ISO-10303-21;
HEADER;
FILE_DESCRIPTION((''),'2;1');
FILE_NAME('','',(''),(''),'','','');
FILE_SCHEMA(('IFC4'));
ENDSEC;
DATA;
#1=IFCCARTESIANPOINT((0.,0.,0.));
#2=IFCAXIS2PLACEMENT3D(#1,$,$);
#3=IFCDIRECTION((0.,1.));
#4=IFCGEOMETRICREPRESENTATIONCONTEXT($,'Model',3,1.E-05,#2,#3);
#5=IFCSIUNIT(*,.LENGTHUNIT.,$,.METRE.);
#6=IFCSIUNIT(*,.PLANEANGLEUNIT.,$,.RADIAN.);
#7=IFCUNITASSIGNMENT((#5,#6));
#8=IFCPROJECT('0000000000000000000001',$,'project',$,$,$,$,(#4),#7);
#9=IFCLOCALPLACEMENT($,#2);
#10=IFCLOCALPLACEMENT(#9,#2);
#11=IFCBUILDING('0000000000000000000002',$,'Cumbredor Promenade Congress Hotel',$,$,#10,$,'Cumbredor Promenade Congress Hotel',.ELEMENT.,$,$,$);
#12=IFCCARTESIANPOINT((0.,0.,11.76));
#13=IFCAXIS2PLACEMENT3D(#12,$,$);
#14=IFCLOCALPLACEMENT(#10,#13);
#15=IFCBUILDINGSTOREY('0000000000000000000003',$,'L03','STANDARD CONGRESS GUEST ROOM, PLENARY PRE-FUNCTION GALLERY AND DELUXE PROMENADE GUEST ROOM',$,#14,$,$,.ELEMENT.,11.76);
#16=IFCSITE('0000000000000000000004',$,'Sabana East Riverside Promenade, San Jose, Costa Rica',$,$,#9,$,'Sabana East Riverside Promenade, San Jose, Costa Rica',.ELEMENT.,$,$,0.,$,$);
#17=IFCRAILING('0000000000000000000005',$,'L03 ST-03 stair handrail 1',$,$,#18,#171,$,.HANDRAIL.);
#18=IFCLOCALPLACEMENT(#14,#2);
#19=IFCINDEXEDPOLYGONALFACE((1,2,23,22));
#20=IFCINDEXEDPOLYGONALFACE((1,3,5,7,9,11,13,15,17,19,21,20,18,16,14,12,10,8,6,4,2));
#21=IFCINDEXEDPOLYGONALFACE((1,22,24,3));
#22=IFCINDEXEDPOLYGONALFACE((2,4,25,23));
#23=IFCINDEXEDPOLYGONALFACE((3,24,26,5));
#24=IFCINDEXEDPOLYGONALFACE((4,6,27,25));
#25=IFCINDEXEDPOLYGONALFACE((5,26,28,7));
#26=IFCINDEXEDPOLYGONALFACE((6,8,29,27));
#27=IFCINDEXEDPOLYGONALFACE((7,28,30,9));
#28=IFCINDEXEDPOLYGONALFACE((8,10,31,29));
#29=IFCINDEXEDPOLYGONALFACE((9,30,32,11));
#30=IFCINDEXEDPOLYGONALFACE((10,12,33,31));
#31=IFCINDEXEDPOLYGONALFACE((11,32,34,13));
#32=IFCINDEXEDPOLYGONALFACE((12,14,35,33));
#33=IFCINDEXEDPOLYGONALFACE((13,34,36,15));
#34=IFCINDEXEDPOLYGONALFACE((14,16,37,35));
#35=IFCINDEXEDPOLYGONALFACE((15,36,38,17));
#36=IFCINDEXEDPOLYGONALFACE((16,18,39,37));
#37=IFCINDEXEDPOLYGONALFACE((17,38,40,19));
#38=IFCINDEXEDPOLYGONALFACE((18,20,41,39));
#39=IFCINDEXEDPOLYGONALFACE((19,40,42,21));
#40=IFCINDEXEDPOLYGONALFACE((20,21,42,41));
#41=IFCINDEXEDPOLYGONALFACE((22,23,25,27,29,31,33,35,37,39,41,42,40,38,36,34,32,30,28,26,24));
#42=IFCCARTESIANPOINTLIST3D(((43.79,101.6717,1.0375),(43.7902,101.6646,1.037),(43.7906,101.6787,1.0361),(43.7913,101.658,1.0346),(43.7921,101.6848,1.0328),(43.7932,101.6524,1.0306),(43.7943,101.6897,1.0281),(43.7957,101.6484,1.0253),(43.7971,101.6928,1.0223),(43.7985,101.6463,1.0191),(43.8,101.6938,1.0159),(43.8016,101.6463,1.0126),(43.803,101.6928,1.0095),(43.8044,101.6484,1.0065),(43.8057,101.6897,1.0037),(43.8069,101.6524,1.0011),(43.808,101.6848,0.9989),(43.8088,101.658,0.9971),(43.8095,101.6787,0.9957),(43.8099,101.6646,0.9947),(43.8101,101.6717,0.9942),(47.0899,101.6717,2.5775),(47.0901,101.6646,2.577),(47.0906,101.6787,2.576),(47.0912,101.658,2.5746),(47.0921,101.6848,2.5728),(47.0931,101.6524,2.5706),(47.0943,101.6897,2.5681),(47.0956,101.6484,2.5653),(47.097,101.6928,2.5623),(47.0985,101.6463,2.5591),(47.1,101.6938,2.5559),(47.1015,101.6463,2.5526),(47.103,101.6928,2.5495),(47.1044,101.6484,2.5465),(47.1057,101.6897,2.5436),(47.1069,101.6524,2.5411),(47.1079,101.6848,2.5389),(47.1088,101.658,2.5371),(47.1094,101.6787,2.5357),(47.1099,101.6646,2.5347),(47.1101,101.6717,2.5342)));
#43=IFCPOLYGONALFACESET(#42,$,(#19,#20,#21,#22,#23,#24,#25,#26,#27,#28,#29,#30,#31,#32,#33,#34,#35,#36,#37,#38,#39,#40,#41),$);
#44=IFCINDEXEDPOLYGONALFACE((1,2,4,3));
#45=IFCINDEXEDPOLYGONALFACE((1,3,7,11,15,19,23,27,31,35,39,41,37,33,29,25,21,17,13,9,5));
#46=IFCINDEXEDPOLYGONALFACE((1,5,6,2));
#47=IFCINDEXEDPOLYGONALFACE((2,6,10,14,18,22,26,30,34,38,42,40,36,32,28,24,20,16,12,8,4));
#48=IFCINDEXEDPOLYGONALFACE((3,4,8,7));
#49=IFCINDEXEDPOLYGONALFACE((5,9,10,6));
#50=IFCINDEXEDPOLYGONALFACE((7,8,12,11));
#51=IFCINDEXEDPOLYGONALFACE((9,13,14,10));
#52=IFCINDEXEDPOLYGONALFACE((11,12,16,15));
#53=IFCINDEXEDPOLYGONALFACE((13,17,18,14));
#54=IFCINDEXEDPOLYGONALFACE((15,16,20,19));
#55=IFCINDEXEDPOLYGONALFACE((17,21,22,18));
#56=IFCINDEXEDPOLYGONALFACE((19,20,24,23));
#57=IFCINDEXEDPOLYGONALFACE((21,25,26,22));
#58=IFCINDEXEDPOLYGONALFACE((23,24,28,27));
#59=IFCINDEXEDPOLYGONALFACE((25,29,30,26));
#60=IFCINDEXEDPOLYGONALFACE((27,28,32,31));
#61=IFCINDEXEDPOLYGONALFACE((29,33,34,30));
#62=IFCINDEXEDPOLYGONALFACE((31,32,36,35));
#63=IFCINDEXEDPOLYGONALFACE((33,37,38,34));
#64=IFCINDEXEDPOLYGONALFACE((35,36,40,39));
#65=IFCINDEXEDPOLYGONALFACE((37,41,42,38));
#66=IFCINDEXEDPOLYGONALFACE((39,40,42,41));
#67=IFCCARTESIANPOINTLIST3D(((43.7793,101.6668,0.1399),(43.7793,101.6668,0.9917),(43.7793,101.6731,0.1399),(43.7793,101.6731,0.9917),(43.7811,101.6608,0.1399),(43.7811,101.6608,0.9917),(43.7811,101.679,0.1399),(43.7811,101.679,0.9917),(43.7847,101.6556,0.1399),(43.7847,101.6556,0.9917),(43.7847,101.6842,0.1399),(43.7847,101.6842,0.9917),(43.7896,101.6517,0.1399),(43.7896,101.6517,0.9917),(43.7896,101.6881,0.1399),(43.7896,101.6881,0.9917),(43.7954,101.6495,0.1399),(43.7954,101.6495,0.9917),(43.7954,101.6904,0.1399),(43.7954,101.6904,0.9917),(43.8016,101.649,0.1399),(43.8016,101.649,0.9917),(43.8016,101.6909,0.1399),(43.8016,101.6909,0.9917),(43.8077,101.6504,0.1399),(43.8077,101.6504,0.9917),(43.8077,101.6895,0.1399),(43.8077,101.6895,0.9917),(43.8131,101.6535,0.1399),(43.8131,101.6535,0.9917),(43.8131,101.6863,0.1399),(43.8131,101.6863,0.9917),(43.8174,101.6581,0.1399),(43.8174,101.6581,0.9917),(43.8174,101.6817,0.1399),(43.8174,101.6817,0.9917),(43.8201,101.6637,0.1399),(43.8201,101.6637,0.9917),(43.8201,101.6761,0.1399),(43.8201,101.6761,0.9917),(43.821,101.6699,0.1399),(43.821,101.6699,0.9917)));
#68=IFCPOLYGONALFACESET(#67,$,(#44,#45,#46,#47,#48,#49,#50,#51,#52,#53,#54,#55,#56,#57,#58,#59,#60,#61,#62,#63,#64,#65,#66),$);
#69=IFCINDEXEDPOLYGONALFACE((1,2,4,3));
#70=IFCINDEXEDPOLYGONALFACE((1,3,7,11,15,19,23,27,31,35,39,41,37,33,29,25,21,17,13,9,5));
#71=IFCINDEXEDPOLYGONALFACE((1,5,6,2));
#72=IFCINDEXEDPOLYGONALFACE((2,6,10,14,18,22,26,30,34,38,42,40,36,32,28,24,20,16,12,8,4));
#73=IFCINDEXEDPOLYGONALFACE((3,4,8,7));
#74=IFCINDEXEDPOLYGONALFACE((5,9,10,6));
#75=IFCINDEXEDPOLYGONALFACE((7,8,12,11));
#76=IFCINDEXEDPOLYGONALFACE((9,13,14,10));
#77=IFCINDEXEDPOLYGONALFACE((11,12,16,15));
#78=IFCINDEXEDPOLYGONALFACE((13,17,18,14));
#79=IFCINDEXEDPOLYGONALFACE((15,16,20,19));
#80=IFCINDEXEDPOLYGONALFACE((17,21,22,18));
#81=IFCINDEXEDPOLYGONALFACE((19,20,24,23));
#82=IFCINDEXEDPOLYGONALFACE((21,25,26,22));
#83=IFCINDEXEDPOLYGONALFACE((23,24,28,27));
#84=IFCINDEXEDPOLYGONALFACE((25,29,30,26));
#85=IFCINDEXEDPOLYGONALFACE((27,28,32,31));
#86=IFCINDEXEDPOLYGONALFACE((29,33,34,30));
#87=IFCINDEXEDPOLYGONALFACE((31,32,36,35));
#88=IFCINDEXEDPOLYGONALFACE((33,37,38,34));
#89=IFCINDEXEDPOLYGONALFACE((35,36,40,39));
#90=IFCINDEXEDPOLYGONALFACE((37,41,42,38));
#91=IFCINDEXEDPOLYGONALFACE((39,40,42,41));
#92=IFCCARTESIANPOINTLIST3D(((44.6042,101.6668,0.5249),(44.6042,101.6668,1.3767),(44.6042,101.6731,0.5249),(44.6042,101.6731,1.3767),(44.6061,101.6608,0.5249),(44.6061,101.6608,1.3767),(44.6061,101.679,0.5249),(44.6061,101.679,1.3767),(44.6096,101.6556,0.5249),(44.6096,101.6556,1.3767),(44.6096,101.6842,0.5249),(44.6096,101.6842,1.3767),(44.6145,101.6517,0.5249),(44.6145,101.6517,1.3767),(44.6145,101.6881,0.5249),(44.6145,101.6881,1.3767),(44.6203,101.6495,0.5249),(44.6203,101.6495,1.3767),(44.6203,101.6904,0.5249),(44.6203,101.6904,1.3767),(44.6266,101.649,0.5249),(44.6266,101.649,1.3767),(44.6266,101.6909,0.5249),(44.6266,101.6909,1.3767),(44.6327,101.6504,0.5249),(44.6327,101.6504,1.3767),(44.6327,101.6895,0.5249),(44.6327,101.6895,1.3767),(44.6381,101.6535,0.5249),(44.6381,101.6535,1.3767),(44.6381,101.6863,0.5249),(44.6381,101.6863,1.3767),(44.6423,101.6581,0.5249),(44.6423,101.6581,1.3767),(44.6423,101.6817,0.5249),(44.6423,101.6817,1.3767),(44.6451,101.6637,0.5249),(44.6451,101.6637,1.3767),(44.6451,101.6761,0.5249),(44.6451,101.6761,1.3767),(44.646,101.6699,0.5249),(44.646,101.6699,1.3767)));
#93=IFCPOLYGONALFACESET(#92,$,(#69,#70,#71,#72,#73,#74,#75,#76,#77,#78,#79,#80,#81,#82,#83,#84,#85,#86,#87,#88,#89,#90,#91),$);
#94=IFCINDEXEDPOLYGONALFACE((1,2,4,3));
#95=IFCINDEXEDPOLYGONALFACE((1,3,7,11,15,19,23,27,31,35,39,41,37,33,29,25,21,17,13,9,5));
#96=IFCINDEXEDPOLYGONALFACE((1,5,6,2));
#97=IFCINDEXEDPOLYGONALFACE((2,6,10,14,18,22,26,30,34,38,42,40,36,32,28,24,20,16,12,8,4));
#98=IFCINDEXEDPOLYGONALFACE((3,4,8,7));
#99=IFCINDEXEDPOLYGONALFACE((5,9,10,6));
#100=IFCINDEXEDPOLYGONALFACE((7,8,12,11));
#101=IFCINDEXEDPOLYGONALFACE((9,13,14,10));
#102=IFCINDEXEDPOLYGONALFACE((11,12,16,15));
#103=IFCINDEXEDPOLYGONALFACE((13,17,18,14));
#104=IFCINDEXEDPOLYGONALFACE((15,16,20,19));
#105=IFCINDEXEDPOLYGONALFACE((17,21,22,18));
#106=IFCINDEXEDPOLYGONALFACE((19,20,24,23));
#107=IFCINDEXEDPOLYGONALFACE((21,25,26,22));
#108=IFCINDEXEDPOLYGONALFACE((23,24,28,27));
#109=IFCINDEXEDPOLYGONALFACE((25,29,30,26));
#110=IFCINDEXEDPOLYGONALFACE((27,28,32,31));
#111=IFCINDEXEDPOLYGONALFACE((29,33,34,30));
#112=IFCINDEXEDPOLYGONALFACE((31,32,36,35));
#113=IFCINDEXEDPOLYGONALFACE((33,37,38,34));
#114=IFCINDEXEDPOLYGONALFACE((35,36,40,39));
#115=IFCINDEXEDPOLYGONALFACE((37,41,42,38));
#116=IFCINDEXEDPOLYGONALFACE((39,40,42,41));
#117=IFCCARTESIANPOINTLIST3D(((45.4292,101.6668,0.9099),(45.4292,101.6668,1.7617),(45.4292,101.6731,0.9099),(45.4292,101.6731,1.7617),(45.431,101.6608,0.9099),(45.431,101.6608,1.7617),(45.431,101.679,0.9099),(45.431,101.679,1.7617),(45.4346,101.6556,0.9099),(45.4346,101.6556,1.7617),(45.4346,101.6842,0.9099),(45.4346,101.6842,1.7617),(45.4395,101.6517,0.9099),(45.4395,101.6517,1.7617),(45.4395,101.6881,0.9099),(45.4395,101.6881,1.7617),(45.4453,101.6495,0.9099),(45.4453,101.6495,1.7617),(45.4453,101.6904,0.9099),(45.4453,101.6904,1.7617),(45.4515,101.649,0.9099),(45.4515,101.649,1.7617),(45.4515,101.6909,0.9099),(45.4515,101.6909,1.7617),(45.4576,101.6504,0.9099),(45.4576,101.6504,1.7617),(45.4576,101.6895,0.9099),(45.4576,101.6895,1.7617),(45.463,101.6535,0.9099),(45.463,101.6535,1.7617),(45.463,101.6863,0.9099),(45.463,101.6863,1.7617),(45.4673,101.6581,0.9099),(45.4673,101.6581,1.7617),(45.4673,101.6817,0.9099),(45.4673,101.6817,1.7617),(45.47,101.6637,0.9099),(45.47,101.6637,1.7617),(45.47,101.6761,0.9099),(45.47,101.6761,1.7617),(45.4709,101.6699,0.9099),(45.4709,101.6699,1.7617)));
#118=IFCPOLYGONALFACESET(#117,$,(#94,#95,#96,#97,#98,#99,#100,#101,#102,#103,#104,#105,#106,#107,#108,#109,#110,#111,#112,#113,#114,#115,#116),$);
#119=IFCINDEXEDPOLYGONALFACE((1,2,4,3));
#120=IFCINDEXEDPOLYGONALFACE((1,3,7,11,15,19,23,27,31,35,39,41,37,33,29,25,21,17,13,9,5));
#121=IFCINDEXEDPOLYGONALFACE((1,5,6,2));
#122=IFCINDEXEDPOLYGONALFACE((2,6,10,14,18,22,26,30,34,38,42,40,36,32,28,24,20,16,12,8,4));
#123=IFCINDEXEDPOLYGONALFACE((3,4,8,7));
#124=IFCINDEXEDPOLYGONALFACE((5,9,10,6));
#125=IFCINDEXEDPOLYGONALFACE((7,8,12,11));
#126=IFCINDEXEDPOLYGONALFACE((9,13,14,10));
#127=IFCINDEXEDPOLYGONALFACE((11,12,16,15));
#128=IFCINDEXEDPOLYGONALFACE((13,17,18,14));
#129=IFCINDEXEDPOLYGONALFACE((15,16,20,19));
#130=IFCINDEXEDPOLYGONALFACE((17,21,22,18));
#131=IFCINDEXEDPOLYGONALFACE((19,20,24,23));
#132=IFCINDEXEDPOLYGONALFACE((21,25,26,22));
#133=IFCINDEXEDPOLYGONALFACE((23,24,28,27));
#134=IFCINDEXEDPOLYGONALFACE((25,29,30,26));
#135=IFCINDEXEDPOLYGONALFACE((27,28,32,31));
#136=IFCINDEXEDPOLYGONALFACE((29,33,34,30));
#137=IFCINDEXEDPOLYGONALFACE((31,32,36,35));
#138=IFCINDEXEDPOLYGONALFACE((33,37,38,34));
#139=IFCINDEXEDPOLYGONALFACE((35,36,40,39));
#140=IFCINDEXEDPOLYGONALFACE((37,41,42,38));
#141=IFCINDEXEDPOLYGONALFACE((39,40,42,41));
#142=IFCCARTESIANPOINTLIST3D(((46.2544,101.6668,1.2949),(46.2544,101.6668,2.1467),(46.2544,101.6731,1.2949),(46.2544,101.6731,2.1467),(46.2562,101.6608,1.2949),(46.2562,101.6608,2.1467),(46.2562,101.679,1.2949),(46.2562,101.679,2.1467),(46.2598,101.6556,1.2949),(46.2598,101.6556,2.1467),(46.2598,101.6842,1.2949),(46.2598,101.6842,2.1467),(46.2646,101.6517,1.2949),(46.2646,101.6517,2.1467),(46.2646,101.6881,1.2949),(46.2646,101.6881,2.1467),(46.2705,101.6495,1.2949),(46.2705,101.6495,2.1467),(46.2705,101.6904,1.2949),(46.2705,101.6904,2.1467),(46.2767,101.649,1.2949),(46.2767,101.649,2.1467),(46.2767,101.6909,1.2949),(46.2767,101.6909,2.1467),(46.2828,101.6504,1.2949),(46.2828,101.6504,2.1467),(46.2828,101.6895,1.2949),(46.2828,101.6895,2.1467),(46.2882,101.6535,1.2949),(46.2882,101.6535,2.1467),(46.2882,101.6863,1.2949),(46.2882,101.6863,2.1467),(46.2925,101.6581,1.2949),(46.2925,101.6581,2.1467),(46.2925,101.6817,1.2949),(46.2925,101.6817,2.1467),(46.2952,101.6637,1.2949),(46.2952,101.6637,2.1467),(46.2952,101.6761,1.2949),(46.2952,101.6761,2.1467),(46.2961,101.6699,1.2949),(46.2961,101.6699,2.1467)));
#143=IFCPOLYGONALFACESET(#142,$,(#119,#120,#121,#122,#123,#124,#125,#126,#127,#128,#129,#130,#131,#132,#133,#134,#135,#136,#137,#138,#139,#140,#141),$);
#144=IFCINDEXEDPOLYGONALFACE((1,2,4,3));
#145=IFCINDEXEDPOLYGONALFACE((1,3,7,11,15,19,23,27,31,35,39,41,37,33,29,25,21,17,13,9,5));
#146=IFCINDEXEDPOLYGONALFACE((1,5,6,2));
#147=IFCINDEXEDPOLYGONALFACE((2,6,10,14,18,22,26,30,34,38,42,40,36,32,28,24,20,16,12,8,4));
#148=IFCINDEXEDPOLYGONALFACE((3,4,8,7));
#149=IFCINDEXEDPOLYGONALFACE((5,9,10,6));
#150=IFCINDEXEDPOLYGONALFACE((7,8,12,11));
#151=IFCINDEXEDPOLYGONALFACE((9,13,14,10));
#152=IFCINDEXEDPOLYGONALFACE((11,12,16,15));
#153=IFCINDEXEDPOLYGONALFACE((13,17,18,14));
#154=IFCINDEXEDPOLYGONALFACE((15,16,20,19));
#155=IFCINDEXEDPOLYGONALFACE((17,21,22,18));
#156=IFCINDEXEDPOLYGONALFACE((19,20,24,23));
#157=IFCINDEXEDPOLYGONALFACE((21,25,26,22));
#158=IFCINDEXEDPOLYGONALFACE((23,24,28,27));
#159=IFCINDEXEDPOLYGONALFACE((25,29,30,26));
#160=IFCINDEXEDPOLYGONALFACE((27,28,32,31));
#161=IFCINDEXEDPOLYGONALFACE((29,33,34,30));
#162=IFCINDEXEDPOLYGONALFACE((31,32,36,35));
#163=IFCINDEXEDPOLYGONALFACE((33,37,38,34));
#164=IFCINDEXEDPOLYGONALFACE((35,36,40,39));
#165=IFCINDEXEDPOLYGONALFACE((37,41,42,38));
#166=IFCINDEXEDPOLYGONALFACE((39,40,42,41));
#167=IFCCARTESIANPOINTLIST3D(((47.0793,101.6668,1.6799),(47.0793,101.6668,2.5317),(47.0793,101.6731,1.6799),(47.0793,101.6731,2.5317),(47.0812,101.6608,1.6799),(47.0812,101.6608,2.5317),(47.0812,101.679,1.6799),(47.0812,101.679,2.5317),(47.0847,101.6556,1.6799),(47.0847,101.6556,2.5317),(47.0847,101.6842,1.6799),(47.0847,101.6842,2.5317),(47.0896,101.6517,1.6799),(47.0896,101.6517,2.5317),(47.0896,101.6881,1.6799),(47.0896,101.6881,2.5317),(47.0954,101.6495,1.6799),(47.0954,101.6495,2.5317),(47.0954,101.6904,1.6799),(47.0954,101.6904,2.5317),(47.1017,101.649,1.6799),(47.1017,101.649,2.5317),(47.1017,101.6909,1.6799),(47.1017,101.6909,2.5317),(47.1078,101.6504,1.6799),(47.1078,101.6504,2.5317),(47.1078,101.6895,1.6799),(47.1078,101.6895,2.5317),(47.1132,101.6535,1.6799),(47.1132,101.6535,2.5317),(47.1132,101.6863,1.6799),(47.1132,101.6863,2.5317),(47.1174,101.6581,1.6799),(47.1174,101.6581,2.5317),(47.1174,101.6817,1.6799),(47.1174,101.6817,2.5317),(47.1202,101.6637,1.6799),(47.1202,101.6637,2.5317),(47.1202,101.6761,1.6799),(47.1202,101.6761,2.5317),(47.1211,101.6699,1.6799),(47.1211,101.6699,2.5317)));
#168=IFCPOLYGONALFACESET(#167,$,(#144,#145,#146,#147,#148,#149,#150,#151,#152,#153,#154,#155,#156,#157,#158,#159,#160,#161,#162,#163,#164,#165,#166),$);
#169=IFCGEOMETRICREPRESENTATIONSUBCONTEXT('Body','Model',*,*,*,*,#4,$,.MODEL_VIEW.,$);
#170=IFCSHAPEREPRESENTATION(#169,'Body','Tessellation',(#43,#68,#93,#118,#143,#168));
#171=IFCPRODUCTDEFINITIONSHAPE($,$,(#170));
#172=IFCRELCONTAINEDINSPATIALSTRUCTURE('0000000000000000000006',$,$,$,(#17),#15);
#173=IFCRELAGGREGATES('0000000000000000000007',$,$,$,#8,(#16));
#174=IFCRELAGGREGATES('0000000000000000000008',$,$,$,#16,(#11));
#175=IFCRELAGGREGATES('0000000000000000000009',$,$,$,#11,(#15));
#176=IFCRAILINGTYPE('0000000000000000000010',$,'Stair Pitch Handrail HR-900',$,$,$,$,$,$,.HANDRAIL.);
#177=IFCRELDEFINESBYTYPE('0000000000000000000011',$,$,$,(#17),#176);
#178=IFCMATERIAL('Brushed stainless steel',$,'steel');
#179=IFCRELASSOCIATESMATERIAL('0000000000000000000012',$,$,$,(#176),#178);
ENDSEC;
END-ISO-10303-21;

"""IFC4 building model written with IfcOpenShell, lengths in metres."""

from ifc_helpers import new_model, si_unit, direction, frame, origin, origin_2d, place, context, subcontext, project, spatial, circle, extrude, material, type_object, element, save


model = new_model("IFC4")

# Units and contexts
model_context = context("Model", 3, precision=1e-05, world=origin(), true_north=direction((0.0, 1.0)))
body_context = subcontext(model_context, "Body", "Model", "MODEL_VIEW")
ifc_project = project(units=[si_unit("LENGTHUNIT", "METRE"), si_unit("PLANEANGLEUNIT", "RADIAN")], contexts=[model_context])

# Site, building, storey
site_placement = place(None, origin())
site = spatial("IfcSite", under=ifc_project, at=site_placement, Name="Sabana East Riverside Promenade, San Jose, Costa Rica", LongName="Sabana East Riverside Promenade, San Jose, Costa Rica", CompositionType="ELEMENT", RefElevation=0.0)
building_placement = place(site_placement, origin())
building = spatial("IfcBuilding", under=site, at=building_placement, Name="Cumbredor Promenade Congress Hotel", LongName="Cumbredor Promenade Congress Hotel", CompositionType="ELEMENT")
storey_placement = place(building_placement, frame((0.0, 0.0, 11.76)))
storey = spatial("IfcBuildingStorey", under=building, at=storey_placement, Name="L03", Description="STANDARD CONGRESS GUEST ROOM, PLENARY PRE-FUNCTION GALLERY AND DELUXE PROMENADE GUEST ROOM", CompositionType="ELEMENT", Elevation=11.76)

# Railing
ifc_material_1 = material(Name="Brushed stainless steel", Category="steel")
railing_type_1 = type_object("IfcRailingType", Name="Stair Pitch Handrail HR-900", PredefinedType="HANDRAIL", material=ifc_material_1)
railing_1_placement = place(storey_placement, frame((43.8, 101.6699, 0.1399)))
element("IfcRailing", 1, at=railing_1_placement, inside=storey, type_object=railing_type_1, Name="L03 ST-03 stair handrail 1", PredefinedType="HANDRAIL", context=body_context, shape_type="SweptSolid", body=[
    extrude(circle(Radius=0.0239, at=origin_2d()), frame((0.0, 0.0, 0.876), z_axis=(0.906181, 0.0, 0.422889), x_axis=(0.0, 1.0, 0.0)), (0.0, 0.0, 1.0), 3.6416),
    extrude(circle(Radius=0.021, at=origin_2d()), origin(), (0.0, 0.0, 1.0), 0.8518),
    extrude(circle(Radius=0.021, at=origin_2d()), frame((0.825, 0.0, 0.385)), (0.0, 0.0, 1.0), 0.8518),
    extrude(circle(Radius=0.021, at=origin_2d()), frame((1.6499, 0.0, 0.77)), (0.0, 0.0, 1.0), 0.8518),
    extrude(circle(Radius=0.021, at=origin_2d()), frame((2.4751, 0.0, 1.155)), (0.0, 0.0, 1.0), 0.8518),
    extrude(circle(Radius=0.021, at=origin_2d()), frame((3.3, 0.0, 1.54)), (0.0, 0.0, 1.0), 0.8518),
])

save(model, "model.ifc")
